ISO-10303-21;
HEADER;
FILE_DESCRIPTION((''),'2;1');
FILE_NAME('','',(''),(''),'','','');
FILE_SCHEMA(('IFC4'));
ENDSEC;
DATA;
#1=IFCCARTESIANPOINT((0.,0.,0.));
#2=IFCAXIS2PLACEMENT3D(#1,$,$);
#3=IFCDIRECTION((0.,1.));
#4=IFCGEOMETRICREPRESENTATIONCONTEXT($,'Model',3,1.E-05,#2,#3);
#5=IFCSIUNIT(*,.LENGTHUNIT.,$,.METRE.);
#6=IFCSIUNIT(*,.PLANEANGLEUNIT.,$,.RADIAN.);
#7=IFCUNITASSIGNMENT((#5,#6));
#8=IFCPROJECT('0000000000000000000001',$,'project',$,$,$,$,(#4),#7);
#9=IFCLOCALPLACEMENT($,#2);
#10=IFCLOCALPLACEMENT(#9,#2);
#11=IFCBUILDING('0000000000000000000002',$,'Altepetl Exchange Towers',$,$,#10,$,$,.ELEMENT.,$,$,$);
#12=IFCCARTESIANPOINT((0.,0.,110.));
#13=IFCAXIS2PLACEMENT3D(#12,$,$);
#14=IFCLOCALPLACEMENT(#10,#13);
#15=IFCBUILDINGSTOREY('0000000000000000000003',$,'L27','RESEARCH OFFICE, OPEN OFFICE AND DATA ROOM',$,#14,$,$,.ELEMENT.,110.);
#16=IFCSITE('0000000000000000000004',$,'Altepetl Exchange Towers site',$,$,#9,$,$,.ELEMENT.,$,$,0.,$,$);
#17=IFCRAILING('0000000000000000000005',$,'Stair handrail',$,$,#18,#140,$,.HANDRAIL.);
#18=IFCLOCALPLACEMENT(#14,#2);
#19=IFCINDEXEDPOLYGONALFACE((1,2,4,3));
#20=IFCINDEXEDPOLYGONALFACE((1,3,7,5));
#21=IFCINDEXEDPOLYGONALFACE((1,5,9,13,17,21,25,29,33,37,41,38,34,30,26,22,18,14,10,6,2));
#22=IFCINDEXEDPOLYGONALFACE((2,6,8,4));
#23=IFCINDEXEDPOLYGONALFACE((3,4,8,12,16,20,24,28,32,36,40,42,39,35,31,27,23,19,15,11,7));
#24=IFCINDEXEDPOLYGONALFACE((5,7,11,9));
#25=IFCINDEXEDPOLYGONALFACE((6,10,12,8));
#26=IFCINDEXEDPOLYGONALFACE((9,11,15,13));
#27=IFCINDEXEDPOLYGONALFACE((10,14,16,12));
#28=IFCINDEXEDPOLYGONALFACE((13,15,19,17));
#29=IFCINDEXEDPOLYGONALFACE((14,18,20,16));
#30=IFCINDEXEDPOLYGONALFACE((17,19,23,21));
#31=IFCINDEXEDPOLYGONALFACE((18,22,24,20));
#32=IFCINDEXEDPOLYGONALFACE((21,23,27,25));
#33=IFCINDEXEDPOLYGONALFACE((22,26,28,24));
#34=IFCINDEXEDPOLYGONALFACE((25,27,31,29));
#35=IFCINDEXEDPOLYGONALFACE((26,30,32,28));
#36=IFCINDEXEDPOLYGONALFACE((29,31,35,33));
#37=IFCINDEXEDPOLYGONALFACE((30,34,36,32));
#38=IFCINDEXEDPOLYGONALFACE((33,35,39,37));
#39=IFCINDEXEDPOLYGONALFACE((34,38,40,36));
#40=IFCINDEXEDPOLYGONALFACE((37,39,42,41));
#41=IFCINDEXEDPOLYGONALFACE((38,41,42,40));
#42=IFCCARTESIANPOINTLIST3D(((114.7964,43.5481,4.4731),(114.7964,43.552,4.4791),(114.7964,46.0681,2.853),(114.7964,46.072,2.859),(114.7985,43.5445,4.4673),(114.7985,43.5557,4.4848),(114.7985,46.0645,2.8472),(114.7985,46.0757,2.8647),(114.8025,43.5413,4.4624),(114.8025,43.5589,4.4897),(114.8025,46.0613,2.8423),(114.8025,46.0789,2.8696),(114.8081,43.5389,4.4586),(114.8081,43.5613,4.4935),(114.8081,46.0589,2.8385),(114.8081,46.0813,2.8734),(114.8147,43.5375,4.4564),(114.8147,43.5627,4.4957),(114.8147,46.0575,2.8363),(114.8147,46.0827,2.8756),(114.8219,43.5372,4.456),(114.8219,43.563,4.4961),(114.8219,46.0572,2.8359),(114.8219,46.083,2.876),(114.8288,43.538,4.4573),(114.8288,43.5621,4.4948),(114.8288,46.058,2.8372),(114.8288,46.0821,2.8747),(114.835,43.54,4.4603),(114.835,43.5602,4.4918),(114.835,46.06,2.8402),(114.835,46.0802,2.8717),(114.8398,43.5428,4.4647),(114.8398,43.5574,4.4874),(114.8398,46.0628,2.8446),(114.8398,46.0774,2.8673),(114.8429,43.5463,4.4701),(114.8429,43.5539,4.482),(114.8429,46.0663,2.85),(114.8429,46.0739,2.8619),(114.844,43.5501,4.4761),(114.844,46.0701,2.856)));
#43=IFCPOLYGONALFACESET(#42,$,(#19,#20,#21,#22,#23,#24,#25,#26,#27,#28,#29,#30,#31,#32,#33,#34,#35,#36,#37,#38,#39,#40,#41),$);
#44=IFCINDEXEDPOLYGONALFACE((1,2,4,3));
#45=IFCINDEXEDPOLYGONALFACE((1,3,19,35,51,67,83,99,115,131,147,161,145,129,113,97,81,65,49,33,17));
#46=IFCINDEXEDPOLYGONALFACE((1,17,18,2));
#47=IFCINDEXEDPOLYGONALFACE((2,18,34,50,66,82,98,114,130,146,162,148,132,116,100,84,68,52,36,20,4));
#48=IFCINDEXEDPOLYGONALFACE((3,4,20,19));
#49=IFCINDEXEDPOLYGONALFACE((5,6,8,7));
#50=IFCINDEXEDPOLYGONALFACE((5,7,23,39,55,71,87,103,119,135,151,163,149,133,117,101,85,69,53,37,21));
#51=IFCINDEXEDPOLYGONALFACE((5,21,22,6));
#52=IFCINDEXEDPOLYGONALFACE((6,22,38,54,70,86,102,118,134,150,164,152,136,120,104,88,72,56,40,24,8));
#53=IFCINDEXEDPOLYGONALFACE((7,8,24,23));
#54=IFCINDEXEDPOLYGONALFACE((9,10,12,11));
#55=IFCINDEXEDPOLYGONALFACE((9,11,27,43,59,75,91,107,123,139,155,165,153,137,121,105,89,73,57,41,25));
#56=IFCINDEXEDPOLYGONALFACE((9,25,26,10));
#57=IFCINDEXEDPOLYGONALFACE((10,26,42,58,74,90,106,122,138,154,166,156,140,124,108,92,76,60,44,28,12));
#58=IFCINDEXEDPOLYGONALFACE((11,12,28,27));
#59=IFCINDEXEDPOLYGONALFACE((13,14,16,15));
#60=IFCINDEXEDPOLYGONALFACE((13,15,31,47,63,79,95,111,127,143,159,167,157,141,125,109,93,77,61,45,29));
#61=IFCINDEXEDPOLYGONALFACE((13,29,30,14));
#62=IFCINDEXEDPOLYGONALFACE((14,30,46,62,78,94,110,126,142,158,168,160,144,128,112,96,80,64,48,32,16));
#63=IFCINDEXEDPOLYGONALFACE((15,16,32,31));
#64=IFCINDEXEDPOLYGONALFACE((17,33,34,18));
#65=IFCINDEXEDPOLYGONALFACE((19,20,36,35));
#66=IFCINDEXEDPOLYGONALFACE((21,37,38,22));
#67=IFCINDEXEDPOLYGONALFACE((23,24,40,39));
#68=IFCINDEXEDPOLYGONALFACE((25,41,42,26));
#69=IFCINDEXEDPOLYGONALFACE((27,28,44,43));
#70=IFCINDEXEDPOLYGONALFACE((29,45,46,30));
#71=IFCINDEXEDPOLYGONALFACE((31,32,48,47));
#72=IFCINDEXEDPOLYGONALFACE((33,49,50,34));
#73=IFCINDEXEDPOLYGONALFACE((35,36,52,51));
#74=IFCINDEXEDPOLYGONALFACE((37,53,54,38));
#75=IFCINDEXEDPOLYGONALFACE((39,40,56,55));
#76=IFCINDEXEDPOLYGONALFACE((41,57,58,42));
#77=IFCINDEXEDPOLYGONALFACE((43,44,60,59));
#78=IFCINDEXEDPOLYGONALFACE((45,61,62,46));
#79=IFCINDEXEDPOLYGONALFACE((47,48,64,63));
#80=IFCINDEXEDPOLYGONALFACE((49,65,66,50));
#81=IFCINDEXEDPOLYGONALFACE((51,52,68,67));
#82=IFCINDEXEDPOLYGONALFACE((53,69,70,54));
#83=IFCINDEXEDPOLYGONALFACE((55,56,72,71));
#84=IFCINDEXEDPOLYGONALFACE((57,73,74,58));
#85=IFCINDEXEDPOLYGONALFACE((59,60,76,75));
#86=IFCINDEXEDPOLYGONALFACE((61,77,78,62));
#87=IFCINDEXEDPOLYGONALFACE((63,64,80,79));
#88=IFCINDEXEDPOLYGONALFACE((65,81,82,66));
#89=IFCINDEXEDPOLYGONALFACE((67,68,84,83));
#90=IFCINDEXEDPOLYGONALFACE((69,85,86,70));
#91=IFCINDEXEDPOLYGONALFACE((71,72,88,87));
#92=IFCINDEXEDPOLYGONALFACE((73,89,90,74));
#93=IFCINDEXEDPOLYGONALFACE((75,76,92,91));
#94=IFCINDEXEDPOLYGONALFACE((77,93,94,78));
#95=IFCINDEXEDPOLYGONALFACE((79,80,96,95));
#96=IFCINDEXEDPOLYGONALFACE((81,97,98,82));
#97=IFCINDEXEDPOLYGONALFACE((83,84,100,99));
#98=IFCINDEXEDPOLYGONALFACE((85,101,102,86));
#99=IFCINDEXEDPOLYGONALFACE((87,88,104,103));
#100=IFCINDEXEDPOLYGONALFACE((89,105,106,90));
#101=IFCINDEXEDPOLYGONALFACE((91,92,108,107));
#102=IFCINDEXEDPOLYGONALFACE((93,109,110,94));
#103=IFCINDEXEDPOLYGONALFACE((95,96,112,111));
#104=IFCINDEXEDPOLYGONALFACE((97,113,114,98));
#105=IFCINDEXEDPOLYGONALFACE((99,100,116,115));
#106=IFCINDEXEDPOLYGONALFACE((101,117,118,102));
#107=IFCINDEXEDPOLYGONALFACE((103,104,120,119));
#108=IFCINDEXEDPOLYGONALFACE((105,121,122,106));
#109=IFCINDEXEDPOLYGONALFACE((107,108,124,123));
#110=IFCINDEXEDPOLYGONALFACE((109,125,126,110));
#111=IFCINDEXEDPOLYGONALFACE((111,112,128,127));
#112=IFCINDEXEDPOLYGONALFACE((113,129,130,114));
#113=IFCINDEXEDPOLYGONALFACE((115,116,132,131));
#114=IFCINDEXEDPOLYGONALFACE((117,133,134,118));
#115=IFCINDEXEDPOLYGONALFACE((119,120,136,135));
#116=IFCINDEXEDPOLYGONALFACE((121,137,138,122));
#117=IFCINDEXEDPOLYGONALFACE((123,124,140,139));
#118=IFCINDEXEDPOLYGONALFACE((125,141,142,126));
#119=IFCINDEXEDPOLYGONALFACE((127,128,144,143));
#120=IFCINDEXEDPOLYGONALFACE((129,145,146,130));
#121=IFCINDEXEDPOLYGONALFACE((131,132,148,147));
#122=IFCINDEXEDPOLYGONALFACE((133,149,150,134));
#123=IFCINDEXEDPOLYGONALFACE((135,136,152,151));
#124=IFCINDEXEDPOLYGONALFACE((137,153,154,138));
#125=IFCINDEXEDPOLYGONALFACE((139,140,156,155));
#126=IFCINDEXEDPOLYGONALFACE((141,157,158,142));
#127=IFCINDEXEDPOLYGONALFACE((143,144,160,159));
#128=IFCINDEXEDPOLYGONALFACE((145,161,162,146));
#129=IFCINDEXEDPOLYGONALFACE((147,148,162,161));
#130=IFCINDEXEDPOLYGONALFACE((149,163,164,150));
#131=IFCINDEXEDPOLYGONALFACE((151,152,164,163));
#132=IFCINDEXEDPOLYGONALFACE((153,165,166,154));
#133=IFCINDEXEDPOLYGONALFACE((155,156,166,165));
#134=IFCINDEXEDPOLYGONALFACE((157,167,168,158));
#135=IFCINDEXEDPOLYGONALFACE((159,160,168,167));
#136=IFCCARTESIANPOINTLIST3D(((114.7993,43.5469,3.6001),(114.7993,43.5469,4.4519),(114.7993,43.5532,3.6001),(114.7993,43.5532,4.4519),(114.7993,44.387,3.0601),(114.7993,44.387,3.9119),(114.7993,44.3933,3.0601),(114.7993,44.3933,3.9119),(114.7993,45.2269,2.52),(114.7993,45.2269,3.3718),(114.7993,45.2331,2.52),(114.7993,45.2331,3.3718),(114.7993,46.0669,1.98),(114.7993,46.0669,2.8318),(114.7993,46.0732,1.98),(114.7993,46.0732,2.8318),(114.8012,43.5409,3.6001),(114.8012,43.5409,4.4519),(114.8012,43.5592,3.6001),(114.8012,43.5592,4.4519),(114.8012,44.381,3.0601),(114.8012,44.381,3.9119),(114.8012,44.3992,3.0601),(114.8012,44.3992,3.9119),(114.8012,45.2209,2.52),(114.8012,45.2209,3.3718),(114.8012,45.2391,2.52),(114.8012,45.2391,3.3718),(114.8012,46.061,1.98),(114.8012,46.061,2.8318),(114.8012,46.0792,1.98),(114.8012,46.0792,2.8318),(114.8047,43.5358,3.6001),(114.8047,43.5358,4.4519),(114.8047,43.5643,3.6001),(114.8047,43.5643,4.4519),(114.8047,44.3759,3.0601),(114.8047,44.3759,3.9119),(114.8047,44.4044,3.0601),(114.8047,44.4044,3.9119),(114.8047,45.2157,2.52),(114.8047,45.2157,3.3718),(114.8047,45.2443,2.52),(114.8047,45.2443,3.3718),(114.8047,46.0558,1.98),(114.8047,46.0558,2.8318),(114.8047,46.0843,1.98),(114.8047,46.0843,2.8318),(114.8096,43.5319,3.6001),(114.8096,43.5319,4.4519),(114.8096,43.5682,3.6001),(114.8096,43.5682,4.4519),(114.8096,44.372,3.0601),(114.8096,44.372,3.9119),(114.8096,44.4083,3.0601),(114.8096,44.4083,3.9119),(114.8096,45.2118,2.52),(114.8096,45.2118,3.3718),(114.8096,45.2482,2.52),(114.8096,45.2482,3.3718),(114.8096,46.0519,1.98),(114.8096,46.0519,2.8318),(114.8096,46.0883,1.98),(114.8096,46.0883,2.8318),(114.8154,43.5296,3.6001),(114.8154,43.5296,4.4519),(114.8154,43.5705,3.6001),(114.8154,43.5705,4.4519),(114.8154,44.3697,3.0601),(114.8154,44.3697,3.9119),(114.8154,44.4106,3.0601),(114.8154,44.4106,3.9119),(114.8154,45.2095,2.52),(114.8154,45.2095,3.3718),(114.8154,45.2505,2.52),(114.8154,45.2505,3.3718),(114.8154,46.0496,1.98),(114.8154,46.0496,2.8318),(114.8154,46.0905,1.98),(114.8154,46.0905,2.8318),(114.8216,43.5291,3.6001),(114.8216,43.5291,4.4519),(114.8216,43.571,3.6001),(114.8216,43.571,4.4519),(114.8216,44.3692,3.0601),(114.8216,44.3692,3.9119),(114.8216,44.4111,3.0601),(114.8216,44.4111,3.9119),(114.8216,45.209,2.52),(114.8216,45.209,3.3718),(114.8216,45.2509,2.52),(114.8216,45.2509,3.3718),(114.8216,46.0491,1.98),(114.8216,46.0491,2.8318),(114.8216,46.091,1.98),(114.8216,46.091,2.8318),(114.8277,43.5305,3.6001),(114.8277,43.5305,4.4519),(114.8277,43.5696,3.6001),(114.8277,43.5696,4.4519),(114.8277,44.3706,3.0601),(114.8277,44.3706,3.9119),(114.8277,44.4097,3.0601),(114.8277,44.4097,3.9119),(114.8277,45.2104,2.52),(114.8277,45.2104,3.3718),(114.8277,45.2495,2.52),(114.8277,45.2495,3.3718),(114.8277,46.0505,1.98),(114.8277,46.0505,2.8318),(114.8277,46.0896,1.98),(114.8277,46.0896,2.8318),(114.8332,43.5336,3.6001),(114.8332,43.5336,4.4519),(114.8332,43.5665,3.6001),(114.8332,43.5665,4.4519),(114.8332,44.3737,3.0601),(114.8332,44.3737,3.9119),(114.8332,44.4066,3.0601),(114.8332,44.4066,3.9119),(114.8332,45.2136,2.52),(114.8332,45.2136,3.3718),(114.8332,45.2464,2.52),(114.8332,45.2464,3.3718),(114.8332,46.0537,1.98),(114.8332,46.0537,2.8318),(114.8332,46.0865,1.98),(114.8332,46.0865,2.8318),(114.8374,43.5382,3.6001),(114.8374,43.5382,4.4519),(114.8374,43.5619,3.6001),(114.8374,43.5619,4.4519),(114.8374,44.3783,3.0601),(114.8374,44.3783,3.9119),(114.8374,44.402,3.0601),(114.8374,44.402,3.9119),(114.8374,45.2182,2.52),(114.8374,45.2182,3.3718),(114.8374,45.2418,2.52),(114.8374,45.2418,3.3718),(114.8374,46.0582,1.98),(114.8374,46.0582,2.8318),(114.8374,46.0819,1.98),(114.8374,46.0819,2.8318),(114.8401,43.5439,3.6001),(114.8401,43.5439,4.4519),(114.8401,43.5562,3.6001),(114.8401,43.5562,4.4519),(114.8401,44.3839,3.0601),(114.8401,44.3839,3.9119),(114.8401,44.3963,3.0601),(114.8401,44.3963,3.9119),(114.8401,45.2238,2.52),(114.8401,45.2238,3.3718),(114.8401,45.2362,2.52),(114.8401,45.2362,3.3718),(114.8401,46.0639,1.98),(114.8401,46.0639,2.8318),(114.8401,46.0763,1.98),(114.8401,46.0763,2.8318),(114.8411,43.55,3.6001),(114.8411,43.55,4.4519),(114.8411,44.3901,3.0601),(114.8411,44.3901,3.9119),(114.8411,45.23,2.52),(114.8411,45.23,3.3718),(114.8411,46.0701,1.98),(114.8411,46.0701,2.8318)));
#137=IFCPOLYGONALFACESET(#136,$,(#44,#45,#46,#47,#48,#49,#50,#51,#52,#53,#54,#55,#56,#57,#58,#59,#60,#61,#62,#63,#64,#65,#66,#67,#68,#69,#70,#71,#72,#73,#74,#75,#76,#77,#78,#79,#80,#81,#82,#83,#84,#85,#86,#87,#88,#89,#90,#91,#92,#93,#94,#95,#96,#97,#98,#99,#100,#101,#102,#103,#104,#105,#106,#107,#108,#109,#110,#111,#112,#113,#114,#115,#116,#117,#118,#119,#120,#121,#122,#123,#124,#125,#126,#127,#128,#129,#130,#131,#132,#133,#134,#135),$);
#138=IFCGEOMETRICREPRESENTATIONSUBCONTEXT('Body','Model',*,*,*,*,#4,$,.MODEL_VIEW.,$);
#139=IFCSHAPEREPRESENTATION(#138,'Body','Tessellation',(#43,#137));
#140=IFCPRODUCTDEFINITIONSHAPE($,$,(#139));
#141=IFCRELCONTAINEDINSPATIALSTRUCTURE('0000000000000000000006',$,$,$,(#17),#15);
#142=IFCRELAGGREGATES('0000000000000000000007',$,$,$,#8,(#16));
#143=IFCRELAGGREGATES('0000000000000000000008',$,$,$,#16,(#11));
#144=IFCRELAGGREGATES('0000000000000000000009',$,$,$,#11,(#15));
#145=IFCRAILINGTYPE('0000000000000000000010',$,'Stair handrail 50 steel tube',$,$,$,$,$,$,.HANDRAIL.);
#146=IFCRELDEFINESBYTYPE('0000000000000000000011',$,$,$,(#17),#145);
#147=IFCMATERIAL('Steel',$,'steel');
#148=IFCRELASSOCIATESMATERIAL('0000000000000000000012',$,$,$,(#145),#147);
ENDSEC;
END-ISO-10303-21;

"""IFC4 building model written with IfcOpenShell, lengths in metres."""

from ifc_helpers import new_model, si_unit, direction, frame, origin, origin_2d, place, context, subcontext, project, spatial, circle, extrude, source, transform, mapped, material, type_object, element, save


model = new_model("IFC4")

# Units and contexts
model_context = context("Model", 3, precision=1e-05, world=origin(), true_north=direction((0.0, 1.0)))
body_context = subcontext(model_context, "Body", "Model", "MODEL_VIEW")
ifc_project = project(units=[si_unit("LENGTHUNIT", "METRE"), si_unit("PLANEANGLEUNIT", "RADIAN")], contexts=[model_context])

# Site, building, storey
site_placement = place(None, origin())
site = spatial("IfcSite", under=ifc_project, at=site_placement, Name="Altepetl Exchange Towers site", CompositionType="ELEMENT", RefElevation=0.0)
building_placement = place(site_placement, origin())
building = spatial("IfcBuilding", under=site, at=building_placement, Name="Altepetl Exchange Towers", CompositionType="ELEMENT")
storey_placement = place(building_placement, frame((0.0, 0.0, 110.0)))
storey = spatial("IfcBuildingStorey", under=building, at=storey_placement, Name="L27", Description="RESEARCH OFFICE, OPEN OFFICE AND DATA ROOM", CompositionType="ELEMENT", Elevation=110.0)

# Railing
ifc_material_1 = material(Name="Steel", Category="steel")
railing_type = type_object("IfcRailingType", Name="Stair handrail 50 steel tube", PredefinedType="HANDRAIL", material=ifc_material_1)
shared_shape = source(origin(), body_context, "Body", "SweptSolid", [
    extrude(circle(Radius=0.021, at=origin_2d()), origin(), (0.0, 0.0, 1.0), 0.8518),
])
railing_1_placement = place(storey_placement, frame((114.8201, 46.0701, 1.98)))
element("IfcRailing", 1, at=railing_1_placement, inside=storey, type_object=railing_type, Name="Stair handrail", PredefinedType="HANDRAIL", context=body_context, shape_type="SweptSolid", body=[
    extrude(circle(Radius=0.0239, at=origin_2d()), frame((0.0, 0.0, 0.876), z_axis=(0.0, -0.841163, 0.540782), x_axis=(1.0, 0.0, 0.0)), (0.0, 0.0, 1.0), 2.9958),
    mapped(shared_shape, transform((0.0, 0.0, 0.0))),
    mapped(shared_shape, transform((0.0, -0.8401, 0.54))),
    mapped(shared_shape, transform((0.0, -1.6799, 1.0801))),
    mapped(shared_shape, transform((0.0, -2.52, 1.6201))),
])

save(model, "model.ifc")
